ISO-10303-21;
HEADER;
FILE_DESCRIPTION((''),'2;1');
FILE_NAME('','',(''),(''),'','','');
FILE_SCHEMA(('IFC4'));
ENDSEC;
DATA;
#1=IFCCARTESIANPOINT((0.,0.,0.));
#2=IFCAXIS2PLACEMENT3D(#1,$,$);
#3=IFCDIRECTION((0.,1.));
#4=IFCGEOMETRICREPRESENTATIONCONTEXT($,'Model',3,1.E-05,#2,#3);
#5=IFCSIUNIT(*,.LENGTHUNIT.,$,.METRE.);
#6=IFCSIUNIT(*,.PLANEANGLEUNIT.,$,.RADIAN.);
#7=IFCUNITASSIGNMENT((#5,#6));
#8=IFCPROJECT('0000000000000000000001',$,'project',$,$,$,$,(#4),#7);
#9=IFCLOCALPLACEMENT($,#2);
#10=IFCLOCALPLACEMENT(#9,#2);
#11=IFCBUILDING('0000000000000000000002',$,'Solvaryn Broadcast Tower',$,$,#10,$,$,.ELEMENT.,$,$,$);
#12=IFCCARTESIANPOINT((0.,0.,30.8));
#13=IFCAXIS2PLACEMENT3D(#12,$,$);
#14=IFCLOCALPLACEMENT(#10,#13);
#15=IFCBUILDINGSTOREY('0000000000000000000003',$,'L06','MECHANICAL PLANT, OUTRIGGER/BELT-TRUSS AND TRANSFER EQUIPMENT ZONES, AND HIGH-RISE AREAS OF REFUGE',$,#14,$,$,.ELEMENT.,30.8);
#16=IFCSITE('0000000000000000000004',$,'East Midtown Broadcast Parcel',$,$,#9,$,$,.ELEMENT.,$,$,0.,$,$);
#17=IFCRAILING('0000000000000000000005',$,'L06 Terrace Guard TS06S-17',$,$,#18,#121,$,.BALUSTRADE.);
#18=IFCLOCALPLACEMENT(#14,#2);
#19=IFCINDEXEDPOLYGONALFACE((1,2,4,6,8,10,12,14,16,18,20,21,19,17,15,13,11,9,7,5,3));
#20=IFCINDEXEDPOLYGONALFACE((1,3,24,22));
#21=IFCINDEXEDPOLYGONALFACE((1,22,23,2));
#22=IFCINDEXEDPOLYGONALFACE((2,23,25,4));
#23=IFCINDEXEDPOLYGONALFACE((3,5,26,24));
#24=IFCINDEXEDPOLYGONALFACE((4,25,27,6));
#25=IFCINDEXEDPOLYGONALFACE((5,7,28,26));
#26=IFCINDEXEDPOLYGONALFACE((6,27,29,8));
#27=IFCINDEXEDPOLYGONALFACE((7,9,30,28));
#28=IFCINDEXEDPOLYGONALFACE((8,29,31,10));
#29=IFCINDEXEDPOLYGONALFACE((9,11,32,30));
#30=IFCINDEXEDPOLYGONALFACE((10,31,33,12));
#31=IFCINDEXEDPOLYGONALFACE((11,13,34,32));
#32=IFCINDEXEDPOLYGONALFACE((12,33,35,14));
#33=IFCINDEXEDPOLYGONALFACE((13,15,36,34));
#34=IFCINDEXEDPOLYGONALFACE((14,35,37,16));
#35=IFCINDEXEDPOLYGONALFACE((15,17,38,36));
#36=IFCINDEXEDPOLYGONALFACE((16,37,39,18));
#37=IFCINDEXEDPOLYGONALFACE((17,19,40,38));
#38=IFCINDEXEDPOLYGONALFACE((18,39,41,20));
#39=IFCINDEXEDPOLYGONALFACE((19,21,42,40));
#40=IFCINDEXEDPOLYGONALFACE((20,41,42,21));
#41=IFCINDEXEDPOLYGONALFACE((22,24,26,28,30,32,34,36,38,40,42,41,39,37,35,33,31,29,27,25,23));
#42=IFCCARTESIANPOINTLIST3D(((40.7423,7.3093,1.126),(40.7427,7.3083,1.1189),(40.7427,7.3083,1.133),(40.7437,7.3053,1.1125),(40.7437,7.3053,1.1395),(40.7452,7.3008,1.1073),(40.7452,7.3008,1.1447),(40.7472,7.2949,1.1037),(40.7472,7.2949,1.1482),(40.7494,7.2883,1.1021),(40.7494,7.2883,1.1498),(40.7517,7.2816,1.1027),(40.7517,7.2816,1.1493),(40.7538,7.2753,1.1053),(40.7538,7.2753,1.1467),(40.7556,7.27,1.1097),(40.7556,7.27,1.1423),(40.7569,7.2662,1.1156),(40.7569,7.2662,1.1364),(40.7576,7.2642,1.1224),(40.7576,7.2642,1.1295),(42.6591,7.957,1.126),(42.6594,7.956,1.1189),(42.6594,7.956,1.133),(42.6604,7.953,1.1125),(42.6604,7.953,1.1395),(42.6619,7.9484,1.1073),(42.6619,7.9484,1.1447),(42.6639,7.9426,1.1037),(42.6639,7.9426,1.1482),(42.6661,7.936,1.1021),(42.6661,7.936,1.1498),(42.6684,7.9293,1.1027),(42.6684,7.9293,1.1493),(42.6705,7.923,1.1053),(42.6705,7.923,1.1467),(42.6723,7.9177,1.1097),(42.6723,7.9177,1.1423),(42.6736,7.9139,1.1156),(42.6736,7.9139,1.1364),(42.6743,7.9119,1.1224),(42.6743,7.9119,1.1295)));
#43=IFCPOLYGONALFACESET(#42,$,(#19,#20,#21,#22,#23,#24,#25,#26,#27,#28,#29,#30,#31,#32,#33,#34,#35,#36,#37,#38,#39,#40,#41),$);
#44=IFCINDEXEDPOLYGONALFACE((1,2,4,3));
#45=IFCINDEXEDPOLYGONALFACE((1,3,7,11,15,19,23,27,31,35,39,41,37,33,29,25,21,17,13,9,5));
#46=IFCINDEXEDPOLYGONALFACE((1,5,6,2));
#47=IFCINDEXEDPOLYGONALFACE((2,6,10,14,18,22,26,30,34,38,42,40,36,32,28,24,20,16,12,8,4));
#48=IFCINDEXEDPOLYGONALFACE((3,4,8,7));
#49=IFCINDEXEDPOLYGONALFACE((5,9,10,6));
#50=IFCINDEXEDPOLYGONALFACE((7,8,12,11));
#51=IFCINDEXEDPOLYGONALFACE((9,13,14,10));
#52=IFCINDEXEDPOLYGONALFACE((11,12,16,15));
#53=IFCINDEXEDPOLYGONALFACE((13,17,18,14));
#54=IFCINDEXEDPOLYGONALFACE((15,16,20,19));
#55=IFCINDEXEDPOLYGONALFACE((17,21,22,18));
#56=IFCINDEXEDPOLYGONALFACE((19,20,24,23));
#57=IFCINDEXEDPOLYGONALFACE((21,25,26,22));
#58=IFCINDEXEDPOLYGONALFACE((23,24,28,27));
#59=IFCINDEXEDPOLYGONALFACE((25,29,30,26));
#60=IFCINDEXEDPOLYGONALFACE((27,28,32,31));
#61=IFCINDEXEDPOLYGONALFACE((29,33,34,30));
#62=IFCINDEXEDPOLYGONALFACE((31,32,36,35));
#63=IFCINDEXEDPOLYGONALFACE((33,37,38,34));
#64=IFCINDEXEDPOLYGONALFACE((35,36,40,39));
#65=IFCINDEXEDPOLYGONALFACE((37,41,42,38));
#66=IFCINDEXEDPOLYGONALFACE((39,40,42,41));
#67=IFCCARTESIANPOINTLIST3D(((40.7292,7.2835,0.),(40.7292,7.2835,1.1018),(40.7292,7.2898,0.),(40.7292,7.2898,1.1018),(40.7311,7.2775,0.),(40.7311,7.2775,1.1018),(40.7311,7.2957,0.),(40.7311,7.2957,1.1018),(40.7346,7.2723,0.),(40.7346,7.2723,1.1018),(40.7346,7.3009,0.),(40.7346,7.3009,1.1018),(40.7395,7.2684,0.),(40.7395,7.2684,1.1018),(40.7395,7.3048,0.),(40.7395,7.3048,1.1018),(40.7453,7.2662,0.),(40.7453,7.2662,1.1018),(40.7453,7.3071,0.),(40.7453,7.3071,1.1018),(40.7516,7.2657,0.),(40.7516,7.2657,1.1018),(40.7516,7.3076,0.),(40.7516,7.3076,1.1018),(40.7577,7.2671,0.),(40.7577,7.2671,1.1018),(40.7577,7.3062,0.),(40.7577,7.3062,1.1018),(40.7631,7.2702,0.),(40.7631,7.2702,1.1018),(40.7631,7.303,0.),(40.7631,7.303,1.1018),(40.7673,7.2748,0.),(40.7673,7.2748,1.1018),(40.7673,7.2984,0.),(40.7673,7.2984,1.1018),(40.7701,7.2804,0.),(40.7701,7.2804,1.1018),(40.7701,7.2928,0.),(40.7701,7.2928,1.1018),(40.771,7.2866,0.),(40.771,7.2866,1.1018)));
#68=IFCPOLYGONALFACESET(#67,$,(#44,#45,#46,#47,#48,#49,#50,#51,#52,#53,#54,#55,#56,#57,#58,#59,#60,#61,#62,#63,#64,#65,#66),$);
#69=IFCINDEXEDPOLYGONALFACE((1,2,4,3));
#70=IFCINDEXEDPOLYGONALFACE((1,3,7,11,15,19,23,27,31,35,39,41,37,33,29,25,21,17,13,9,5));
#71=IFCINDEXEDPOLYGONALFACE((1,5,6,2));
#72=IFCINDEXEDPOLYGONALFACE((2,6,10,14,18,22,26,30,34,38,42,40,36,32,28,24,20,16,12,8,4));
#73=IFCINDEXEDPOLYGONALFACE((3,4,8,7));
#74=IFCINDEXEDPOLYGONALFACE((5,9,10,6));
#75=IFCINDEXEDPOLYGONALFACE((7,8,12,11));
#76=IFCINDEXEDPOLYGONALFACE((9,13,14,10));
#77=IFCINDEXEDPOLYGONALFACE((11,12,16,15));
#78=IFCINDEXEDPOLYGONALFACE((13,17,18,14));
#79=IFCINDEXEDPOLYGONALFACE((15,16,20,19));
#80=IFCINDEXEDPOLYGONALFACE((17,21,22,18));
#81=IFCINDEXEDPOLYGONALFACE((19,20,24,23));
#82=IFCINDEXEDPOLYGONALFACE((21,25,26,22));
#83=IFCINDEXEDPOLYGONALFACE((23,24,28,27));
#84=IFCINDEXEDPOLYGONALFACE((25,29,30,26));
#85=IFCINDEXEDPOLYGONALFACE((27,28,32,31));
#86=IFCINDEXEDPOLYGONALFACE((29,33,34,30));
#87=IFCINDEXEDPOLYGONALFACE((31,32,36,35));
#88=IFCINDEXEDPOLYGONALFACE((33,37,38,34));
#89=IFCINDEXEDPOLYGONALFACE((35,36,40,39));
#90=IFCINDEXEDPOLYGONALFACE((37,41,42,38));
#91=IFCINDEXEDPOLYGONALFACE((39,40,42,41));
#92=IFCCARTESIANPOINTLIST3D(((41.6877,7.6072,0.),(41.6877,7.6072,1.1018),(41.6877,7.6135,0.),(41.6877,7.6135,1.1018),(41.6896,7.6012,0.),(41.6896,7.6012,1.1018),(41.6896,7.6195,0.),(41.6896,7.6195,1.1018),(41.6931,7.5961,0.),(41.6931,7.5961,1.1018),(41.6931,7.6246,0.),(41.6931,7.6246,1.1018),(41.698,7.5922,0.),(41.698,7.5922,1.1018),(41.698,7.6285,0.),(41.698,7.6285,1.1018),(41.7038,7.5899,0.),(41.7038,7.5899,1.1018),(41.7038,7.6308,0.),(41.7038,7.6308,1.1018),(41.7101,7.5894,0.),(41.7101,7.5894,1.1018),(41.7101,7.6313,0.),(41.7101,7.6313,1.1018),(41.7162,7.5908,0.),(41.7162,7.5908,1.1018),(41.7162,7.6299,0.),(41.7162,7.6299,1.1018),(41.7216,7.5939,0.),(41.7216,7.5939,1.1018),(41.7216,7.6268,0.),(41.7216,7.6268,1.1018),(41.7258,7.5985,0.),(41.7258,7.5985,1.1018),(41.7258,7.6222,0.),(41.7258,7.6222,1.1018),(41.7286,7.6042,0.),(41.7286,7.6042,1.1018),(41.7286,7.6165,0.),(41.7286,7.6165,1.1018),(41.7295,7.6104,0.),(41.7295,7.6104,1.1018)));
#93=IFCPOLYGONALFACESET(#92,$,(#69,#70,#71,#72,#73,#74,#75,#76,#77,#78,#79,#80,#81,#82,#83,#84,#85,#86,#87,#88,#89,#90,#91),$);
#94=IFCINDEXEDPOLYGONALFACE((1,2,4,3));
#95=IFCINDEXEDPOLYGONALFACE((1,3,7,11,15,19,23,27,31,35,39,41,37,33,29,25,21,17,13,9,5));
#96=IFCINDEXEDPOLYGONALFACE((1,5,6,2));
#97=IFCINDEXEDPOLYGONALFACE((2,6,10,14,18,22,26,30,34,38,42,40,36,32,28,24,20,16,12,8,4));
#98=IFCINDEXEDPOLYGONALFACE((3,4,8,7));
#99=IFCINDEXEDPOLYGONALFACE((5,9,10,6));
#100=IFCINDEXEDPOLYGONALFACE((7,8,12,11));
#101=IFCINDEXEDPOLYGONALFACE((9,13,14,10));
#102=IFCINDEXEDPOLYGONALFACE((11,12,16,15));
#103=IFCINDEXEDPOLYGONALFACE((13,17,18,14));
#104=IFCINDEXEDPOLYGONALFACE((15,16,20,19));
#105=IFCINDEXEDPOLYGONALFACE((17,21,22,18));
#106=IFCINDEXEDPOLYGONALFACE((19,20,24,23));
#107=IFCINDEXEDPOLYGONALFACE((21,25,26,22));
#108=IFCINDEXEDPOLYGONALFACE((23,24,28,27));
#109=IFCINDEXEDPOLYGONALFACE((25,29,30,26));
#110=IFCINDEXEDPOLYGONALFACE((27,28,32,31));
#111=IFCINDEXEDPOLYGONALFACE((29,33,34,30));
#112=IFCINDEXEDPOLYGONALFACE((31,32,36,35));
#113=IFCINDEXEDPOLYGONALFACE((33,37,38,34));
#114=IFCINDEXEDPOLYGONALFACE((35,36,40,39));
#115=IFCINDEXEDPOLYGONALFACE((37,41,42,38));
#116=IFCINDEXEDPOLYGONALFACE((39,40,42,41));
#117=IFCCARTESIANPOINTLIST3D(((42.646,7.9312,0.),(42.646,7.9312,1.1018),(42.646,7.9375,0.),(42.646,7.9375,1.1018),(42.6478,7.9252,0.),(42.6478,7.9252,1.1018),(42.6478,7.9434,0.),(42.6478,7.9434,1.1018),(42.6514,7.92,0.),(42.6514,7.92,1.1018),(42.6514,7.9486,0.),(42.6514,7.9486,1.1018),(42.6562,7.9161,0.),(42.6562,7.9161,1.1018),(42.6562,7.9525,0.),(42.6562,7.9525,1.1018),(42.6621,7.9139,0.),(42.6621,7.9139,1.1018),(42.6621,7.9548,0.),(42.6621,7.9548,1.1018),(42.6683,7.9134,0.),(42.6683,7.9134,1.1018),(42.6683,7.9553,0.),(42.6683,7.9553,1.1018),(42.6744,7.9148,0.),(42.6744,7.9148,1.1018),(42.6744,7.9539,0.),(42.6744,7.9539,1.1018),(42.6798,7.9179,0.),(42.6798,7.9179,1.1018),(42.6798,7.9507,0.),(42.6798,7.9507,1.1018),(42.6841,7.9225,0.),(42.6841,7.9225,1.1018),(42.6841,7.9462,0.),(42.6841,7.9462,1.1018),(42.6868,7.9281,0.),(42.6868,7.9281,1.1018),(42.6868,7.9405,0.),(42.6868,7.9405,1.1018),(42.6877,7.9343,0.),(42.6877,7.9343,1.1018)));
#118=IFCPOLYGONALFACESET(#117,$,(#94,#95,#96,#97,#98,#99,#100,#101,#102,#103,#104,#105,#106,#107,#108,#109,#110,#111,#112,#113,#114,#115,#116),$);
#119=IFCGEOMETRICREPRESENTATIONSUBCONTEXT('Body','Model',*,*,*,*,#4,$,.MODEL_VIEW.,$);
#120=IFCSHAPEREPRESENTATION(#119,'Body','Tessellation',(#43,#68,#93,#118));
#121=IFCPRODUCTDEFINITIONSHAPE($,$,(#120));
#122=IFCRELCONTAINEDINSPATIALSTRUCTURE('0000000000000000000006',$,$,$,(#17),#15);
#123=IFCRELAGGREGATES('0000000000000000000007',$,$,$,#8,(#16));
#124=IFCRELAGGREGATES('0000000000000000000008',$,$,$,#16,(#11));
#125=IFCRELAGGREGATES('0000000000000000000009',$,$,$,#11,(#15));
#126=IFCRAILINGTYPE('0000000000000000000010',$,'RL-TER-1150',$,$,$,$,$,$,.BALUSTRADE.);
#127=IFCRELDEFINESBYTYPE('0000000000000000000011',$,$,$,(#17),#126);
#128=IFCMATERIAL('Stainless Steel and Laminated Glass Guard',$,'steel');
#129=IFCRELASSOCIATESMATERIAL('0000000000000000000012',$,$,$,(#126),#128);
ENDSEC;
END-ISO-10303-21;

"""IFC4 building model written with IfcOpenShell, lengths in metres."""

from ifc_helpers import new_model, si_unit, direction, frame, origin, origin_2d, place, context, subcontext, project, spatial, circle, extrude, material, type_object, element, save


model = new_model("IFC4")

# Units and contexts
model_context = context("Model", 3, precision=1e-05, world=origin(), true_north=direction((0.0, 1.0)))
body_context = subcontext(model_context, "Body", "Model", "MODEL_VIEW")
ifc_project = project(units=[si_unit("LENGTHUNIT", "METRE"), si_unit("PLANEANGLEUNIT", "RADIAN")], contexts=[model_context])

# Site, building, storey
site_placement = place(None, origin())
site = spatial("IfcSite", under=ifc_project, at=site_placement, Name="East Midtown Broadcast Parcel", CompositionType="ELEMENT", RefElevation=0.0)
building_placement = place(site_placement, origin())
building = spatial("IfcBuilding", under=site, at=building_placement, Name="Solvaryn Broadcast Tower", CompositionType="ELEMENT")
storey_placement = place(building_placement, frame((0.0, 0.0, 30.8)))
storey = spatial("IfcBuildingStorey", under=building, at=storey_placement, Name="L06", Description="MECHANICAL PLANT, OUTRIGGER/BELT-TRUSS AND TRANSFER EQUIPMENT ZONES, AND HIGH-RISE AREAS OF REFUGE", CompositionType="ELEMENT", Elevation=30.8)

# Railing
ifc_material_1 = material(Name="Stainless Steel and Laminated Glass Guard", Category="steel")
railing_type = type_object("IfcRailingType", Name="RL-TER-1150", PredefinedType="BALUSTRADE", material=ifc_material_1)
railing_1_placement = place(storey_placement, frame((40.75, 7.2866, 0.0)))
element("IfcRailing", 1, at=railing_1_placement, inside=storey, type_object=railing_type, Name="L06 Terrace Guard TS06S-17", PredefinedType="BALUSTRADE", context=body_context, shape_type="SweptSolid", body=[
    extrude(circle(Radius=0.0239, at=origin_2d()), frame((0.0, 0.0, 1.126), z_axis=(0.947372, 0.320135, 0.0), x_axis=(-0.320135, 0.947372, 0.0)), (0.0, 0.0, 1.0), 2.0232),
    extrude(circle(Radius=0.021, at=origin_2d()), origin(), (0.0, 0.0, 1.0), 1.1018),
    extrude(circle(Radius=0.021, at=origin_2d()), frame((0.9585, 0.3237, 0.0)), (0.0, 0.0, 1.0), 1.1018),
    extrude(circle(Radius=0.021, at=origin_2d()), frame((1.9167, 0.6477, 0.0)), (0.0, 0.0, 1.0), 1.1018),
])

save(model, "model.ifc")
